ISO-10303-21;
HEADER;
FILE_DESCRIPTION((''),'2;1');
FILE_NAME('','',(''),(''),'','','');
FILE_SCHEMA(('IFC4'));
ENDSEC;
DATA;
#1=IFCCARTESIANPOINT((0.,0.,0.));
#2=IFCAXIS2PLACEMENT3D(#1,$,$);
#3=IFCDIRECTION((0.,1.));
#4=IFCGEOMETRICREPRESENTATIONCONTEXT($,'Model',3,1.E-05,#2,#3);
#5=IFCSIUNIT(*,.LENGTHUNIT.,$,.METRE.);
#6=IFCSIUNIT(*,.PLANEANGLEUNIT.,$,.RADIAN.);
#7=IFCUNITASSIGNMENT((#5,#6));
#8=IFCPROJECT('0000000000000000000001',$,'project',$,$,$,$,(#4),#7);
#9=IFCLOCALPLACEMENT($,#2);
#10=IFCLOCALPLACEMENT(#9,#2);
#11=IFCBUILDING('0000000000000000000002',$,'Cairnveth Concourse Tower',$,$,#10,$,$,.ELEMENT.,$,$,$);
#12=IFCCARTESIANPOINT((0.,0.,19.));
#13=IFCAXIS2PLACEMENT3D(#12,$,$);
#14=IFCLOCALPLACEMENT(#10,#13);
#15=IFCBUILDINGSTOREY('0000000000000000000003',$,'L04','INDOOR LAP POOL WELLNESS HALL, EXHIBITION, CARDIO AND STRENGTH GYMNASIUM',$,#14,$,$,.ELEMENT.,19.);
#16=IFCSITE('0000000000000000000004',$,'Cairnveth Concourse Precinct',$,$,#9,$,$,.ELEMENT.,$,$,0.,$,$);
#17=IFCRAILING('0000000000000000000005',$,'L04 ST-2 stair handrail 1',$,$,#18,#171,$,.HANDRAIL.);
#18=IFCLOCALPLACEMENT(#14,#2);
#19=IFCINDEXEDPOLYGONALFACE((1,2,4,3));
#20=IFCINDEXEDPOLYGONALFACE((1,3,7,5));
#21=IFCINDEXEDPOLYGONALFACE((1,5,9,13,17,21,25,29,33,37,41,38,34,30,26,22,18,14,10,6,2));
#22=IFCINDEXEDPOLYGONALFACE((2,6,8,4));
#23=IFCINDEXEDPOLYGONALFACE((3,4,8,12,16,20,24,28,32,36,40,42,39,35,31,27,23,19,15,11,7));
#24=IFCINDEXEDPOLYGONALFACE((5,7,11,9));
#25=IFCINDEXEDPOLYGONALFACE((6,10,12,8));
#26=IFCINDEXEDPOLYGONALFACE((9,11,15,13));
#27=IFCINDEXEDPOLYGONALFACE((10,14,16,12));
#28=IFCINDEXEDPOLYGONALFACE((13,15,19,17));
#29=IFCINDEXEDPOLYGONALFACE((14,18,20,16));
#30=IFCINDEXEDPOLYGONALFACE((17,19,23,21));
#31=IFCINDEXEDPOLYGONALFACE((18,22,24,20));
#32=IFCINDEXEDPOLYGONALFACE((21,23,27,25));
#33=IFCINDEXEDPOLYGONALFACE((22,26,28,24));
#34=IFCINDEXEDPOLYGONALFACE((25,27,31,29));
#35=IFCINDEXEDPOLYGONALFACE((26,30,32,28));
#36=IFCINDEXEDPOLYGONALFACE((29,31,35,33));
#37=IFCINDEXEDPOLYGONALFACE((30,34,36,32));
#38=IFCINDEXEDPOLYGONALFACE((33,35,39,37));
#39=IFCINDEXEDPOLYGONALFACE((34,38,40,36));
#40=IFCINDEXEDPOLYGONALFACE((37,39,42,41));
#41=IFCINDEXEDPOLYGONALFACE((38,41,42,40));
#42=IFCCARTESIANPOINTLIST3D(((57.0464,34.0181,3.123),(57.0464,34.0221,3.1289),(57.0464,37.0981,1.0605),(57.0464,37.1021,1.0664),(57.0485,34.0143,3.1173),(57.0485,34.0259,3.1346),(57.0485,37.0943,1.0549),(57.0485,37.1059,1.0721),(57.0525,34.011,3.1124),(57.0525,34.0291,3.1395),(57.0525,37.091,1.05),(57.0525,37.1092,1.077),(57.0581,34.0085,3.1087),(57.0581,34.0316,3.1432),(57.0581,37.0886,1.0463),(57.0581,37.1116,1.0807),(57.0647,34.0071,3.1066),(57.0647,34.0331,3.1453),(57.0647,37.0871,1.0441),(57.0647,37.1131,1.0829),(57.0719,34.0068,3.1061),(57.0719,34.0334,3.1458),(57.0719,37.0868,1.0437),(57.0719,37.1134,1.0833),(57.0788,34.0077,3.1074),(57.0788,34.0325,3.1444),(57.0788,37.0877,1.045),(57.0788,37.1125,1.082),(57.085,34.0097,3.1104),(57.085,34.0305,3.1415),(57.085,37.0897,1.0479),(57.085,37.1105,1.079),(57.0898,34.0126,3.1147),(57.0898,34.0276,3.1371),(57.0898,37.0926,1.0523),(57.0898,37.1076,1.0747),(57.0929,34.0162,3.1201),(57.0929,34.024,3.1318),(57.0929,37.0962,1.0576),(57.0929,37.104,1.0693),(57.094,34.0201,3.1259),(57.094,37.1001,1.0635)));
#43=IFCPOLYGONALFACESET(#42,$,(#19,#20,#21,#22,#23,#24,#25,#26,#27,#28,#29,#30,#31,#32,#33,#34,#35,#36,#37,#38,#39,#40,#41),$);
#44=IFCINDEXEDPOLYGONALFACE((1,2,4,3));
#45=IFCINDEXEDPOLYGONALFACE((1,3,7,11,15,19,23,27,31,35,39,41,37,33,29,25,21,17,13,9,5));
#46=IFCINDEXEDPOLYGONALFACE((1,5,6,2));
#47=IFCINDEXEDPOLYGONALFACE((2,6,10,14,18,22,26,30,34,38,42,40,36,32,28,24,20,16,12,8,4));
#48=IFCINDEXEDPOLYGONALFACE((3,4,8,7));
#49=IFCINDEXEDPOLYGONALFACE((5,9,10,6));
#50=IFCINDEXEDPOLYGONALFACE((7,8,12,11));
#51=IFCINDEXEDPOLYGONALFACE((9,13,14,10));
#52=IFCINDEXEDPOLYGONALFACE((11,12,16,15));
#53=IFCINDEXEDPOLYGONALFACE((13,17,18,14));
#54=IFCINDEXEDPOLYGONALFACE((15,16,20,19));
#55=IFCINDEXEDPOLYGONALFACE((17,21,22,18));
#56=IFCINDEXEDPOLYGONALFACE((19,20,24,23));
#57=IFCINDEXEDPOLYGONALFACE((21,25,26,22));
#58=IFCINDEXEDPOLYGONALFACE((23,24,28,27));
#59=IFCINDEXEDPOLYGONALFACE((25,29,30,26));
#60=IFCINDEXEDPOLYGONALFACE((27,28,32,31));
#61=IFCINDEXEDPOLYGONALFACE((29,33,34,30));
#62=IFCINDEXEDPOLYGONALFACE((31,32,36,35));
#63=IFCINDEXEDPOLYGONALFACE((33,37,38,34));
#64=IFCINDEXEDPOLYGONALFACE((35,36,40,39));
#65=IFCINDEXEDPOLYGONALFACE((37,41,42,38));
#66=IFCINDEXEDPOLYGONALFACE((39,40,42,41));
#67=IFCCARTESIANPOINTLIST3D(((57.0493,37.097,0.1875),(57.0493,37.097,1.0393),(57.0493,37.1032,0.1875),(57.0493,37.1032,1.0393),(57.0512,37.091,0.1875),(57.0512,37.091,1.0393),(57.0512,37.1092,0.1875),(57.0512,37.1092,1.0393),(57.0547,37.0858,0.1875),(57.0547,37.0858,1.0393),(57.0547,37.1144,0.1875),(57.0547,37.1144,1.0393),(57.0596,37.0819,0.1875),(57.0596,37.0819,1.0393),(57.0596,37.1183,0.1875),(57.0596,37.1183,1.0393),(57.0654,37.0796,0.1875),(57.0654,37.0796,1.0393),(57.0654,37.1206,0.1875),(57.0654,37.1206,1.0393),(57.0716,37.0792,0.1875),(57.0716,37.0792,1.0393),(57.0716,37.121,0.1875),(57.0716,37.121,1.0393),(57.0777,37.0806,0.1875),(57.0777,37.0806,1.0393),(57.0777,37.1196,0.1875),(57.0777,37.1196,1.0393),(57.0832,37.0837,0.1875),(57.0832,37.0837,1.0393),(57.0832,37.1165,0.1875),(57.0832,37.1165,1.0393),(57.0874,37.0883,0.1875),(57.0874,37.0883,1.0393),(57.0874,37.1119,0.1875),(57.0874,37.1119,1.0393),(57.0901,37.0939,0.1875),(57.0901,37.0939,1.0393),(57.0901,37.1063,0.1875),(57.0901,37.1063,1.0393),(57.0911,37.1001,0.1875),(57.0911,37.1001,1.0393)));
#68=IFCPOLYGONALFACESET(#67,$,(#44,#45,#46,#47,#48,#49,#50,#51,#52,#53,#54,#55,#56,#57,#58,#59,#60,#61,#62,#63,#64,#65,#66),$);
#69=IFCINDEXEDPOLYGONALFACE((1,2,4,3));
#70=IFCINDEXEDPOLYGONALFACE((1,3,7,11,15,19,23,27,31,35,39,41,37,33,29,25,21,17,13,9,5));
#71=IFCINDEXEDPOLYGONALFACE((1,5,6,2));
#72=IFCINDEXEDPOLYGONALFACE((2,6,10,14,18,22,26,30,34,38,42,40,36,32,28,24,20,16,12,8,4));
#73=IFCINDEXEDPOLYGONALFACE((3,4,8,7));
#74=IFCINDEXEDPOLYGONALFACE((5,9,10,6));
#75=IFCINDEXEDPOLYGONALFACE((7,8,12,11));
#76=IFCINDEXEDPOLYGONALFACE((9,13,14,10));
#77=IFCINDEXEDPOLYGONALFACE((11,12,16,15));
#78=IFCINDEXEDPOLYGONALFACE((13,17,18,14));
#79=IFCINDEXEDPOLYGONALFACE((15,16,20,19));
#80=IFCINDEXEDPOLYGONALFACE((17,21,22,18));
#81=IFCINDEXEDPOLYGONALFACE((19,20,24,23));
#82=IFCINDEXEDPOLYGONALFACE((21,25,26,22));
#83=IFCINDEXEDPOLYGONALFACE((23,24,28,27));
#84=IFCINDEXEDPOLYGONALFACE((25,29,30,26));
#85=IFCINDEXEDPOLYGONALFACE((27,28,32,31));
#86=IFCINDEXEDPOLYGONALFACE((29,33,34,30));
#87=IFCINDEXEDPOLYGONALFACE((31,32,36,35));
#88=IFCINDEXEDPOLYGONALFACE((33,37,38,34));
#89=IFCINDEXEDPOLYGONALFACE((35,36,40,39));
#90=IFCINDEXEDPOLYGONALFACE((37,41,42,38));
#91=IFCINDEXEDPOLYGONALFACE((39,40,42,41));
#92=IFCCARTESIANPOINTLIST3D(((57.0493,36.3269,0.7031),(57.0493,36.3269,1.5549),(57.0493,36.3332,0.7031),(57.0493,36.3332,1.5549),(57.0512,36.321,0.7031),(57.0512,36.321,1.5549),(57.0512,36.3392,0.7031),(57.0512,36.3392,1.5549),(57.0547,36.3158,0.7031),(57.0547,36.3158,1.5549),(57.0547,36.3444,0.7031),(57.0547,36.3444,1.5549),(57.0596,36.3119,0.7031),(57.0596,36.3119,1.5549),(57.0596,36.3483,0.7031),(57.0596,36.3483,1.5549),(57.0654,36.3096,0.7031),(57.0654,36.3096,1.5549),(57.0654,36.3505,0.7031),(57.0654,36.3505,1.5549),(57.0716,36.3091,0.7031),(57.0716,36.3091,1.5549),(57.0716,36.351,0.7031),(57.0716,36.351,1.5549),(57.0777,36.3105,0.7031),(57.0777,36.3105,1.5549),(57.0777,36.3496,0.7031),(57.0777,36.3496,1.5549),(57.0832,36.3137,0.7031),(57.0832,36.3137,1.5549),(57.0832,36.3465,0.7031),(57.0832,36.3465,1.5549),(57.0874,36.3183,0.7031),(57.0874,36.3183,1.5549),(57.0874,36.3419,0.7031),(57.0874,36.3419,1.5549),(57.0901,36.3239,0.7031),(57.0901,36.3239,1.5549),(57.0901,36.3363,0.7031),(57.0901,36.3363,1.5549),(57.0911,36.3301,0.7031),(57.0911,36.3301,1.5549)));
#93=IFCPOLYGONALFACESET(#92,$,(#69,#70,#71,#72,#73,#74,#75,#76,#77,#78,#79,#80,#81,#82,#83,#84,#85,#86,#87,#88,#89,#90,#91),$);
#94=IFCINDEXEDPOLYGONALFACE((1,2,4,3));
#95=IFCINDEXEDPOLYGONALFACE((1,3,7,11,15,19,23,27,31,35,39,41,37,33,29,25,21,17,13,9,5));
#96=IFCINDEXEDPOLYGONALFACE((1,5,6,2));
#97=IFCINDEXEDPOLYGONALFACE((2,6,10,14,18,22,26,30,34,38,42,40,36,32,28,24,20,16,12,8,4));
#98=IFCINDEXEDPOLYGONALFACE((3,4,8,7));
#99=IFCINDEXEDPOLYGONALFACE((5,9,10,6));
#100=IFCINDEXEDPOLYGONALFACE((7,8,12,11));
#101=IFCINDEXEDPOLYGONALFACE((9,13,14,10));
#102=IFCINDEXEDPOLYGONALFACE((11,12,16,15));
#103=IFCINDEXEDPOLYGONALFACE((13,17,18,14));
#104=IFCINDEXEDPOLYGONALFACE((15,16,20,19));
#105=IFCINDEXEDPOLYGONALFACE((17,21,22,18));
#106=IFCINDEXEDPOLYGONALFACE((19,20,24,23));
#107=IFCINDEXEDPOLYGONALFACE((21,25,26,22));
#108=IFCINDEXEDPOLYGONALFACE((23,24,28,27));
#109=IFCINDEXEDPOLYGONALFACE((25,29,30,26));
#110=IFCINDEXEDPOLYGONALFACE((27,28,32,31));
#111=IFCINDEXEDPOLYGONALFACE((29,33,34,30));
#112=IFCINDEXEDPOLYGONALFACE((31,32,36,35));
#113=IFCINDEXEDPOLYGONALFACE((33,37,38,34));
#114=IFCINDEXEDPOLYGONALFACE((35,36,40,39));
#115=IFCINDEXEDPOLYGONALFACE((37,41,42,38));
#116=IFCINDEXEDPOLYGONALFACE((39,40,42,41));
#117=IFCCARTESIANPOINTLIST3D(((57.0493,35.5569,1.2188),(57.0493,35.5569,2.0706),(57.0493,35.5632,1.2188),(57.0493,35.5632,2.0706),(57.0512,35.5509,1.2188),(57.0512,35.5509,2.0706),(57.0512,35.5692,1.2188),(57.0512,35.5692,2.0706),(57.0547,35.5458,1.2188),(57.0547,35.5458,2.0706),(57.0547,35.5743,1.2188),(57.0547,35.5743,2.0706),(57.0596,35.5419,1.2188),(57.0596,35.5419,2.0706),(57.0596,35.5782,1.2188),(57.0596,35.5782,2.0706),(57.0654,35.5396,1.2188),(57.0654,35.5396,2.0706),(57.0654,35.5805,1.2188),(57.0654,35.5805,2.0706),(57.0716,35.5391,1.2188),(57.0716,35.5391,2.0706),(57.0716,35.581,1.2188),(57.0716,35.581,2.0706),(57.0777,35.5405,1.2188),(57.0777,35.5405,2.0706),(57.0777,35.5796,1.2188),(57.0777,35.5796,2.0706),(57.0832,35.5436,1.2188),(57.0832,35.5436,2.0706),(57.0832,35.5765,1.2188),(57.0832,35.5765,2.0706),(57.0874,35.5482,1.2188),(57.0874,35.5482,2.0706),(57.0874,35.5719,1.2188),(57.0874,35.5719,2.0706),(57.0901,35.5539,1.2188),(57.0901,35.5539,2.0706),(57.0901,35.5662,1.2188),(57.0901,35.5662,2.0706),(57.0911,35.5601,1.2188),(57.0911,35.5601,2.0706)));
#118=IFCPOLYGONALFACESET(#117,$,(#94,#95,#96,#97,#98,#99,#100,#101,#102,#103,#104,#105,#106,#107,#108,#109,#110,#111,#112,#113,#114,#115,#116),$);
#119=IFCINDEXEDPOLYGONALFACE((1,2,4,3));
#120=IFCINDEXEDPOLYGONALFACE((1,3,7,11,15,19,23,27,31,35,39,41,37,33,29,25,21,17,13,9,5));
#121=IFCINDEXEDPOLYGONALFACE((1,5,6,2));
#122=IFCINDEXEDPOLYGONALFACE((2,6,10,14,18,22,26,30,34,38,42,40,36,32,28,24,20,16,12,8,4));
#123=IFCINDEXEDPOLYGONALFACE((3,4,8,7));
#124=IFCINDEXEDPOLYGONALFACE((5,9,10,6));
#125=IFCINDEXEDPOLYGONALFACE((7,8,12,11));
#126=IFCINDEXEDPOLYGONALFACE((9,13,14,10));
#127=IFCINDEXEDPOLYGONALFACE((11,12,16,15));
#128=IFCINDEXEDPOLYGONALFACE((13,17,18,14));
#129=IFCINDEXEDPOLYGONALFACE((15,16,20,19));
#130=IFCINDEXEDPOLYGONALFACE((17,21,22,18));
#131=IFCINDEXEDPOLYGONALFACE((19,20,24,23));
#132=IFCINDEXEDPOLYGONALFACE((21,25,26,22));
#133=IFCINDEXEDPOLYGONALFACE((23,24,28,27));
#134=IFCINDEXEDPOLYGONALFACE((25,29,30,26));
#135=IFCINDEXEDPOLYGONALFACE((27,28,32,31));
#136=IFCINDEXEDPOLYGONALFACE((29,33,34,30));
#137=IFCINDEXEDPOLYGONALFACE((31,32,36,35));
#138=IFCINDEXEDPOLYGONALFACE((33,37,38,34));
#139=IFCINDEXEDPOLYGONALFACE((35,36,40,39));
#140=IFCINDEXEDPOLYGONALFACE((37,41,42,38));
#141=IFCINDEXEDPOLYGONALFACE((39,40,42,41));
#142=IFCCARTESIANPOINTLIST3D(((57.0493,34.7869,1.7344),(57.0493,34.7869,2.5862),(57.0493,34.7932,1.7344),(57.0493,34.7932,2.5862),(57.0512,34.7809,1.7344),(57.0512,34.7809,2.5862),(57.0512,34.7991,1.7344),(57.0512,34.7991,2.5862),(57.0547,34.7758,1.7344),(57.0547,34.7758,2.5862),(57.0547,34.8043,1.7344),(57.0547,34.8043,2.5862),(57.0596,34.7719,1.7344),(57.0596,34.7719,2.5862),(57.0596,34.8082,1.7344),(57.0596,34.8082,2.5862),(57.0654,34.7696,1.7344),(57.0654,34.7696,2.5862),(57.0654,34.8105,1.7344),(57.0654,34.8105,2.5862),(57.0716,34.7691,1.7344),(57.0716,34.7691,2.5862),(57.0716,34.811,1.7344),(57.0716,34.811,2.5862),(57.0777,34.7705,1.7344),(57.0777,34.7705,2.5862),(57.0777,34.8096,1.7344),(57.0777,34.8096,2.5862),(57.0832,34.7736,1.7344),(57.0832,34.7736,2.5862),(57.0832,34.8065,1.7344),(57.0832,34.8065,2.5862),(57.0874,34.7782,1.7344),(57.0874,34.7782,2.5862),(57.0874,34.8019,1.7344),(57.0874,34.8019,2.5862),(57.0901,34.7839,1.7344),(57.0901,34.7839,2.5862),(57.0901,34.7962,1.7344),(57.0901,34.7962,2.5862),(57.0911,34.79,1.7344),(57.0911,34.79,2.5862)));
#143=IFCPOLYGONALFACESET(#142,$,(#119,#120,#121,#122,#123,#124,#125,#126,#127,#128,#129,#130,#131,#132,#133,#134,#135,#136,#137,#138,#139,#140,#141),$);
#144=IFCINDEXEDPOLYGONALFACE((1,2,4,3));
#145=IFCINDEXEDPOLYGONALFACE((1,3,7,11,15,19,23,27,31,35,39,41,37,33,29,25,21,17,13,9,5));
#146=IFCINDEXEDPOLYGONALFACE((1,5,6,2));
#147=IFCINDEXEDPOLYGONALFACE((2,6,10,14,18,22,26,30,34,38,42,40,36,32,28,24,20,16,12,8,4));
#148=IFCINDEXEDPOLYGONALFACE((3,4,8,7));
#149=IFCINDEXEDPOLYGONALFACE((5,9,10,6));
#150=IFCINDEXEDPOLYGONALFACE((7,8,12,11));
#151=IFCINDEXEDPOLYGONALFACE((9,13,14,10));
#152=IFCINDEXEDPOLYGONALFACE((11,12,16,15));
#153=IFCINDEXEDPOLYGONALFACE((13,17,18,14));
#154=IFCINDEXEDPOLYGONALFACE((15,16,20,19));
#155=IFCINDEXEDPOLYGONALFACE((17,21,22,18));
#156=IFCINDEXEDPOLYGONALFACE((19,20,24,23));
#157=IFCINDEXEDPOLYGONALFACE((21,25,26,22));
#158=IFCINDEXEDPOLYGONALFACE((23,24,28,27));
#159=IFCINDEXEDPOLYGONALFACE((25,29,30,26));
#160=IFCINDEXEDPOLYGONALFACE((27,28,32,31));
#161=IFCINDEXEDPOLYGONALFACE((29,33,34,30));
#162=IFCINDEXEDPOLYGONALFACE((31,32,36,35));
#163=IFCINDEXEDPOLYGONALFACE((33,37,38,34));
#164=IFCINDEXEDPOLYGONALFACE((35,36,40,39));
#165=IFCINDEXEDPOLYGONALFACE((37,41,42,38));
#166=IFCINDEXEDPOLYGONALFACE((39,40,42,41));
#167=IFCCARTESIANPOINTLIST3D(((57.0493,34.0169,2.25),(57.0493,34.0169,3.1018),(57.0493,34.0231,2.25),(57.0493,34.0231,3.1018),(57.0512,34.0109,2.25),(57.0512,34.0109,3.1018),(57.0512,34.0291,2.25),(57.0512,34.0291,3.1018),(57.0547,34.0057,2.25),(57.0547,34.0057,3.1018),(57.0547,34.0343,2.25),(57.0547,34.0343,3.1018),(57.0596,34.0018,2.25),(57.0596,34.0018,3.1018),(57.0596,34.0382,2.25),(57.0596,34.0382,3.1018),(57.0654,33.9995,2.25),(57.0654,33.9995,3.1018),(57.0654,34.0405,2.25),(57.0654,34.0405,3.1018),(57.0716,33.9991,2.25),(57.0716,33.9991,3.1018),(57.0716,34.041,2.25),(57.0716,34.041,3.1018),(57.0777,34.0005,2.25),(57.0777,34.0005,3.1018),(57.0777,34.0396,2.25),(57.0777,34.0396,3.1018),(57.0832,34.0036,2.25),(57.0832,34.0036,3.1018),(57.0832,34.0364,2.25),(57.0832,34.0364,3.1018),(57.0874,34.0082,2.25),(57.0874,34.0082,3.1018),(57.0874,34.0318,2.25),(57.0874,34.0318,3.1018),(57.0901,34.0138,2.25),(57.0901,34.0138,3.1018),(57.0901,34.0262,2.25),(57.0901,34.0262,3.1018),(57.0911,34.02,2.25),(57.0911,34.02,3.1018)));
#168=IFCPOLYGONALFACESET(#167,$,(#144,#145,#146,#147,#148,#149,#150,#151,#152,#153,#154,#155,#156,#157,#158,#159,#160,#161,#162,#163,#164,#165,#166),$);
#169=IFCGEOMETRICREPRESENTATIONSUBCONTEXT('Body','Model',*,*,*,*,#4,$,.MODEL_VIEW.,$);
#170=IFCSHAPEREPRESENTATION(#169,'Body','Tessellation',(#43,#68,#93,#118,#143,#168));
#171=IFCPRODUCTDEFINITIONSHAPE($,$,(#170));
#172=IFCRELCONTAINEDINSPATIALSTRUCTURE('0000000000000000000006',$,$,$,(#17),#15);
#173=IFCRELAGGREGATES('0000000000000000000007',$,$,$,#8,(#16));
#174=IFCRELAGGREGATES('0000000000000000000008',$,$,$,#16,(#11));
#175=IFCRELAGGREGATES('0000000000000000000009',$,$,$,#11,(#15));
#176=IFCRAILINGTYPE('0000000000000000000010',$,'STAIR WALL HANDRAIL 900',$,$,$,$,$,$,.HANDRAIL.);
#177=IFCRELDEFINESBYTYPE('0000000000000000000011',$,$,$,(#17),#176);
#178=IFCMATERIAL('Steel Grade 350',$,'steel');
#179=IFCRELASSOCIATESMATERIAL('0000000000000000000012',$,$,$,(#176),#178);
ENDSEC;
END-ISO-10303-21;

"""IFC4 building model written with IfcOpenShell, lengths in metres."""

from ifc_helpers import new_model, si_unit, direction, frame, origin, origin_2d, place, context, subcontext, project, spatial, circle, extrude, material, type_object, element, save


model = new_model("IFC4")

# Units and contexts
model_context = context("Model", 3, precision=1e-05, world=origin(), true_north=direction((0.0, 1.0)))
body_context = subcontext(model_context, "Body", "Model", "MODEL_VIEW")
ifc_project = project(units=[si_unit("LENGTHUNIT", "METRE"), si_unit("PLANEANGLEUNIT", "RADIAN")], contexts=[model_context])

# Site, building, storey
site_placement = place(None, origin())
site = spatial("IfcSite", under=ifc_project, at=site_placement, Name="Cairnveth Concourse Precinct", CompositionType="ELEMENT", RefElevation=0.0)
building_placement = place(site_placement, origin())
building = spatial("IfcBuilding", under=site, at=building_placement, Name="Cairnveth Concourse Tower", CompositionType="ELEMENT")
storey_placement = place(building_placement, frame((0.0, 0.0, 19.0)))
storey = spatial("IfcBuildingStorey", under=building, at=storey_placement, Name="L04", Description="INDOOR LAP POOL WELLNESS HALL, EXHIBITION, CARDIO AND STRENGTH GYMNASIUM", CompositionType="ELEMENT", Elevation=19.0)

# Shared definitions
ifc_material_1 = material(Name="Steel Grade 350", Category="steel")

# Railing
railing_type_1 = type_object("IfcRailingType", Name="STAIR WALL HANDRAIL 900", PredefinedType="HANDRAIL", material=ifc_material_1)
railing_1_placement = place(storey_placement, frame((57.0701, 37.1001, 0.1875)))
element("IfcRailing", 1, at=railing_1_placement, inside=storey, type_object=railing_type_1, Name="L04 ST-2 stair handrail 1", PredefinedType="HANDRAIL", context=body_context, shape_type="SweptSolid", body=[
    extrude(circle(Radius=0.0239, at=origin_2d()), frame((0.0, 0.0, 0.876), z_axis=(0.0, -0.830914, 0.556401), x_axis=(1.0, 0.0, 0.0)), (0.0, 0.0, 1.0), 3.7068),
    extrude(circle(Radius=0.021, at=origin_2d()), origin(), (0.0, 0.0, 1.0), 0.8518),
    extrude(circle(Radius=0.021, at=origin_2d()), frame((0.0, -0.77, 0.5156)), (0.0, 0.0, 1.0), 0.8518),
    extrude(circle(Radius=0.021, at=origin_2d()), frame((0.0, -1.54, 1.0312)), (0.0, 0.0, 1.0), 0.8518),
    extrude(circle(Radius=0.021, at=origin_2d()), frame((0.0, -2.3101, 1.5469)), (0.0, 0.0, 1.0), 0.8518),
    extrude(circle(Radius=0.021, at=origin_2d()), frame((0.0, -3.0801, 2.0625)), (0.0, 0.0, 1.0), 0.8518),
])

save(model, "model.ifc")
